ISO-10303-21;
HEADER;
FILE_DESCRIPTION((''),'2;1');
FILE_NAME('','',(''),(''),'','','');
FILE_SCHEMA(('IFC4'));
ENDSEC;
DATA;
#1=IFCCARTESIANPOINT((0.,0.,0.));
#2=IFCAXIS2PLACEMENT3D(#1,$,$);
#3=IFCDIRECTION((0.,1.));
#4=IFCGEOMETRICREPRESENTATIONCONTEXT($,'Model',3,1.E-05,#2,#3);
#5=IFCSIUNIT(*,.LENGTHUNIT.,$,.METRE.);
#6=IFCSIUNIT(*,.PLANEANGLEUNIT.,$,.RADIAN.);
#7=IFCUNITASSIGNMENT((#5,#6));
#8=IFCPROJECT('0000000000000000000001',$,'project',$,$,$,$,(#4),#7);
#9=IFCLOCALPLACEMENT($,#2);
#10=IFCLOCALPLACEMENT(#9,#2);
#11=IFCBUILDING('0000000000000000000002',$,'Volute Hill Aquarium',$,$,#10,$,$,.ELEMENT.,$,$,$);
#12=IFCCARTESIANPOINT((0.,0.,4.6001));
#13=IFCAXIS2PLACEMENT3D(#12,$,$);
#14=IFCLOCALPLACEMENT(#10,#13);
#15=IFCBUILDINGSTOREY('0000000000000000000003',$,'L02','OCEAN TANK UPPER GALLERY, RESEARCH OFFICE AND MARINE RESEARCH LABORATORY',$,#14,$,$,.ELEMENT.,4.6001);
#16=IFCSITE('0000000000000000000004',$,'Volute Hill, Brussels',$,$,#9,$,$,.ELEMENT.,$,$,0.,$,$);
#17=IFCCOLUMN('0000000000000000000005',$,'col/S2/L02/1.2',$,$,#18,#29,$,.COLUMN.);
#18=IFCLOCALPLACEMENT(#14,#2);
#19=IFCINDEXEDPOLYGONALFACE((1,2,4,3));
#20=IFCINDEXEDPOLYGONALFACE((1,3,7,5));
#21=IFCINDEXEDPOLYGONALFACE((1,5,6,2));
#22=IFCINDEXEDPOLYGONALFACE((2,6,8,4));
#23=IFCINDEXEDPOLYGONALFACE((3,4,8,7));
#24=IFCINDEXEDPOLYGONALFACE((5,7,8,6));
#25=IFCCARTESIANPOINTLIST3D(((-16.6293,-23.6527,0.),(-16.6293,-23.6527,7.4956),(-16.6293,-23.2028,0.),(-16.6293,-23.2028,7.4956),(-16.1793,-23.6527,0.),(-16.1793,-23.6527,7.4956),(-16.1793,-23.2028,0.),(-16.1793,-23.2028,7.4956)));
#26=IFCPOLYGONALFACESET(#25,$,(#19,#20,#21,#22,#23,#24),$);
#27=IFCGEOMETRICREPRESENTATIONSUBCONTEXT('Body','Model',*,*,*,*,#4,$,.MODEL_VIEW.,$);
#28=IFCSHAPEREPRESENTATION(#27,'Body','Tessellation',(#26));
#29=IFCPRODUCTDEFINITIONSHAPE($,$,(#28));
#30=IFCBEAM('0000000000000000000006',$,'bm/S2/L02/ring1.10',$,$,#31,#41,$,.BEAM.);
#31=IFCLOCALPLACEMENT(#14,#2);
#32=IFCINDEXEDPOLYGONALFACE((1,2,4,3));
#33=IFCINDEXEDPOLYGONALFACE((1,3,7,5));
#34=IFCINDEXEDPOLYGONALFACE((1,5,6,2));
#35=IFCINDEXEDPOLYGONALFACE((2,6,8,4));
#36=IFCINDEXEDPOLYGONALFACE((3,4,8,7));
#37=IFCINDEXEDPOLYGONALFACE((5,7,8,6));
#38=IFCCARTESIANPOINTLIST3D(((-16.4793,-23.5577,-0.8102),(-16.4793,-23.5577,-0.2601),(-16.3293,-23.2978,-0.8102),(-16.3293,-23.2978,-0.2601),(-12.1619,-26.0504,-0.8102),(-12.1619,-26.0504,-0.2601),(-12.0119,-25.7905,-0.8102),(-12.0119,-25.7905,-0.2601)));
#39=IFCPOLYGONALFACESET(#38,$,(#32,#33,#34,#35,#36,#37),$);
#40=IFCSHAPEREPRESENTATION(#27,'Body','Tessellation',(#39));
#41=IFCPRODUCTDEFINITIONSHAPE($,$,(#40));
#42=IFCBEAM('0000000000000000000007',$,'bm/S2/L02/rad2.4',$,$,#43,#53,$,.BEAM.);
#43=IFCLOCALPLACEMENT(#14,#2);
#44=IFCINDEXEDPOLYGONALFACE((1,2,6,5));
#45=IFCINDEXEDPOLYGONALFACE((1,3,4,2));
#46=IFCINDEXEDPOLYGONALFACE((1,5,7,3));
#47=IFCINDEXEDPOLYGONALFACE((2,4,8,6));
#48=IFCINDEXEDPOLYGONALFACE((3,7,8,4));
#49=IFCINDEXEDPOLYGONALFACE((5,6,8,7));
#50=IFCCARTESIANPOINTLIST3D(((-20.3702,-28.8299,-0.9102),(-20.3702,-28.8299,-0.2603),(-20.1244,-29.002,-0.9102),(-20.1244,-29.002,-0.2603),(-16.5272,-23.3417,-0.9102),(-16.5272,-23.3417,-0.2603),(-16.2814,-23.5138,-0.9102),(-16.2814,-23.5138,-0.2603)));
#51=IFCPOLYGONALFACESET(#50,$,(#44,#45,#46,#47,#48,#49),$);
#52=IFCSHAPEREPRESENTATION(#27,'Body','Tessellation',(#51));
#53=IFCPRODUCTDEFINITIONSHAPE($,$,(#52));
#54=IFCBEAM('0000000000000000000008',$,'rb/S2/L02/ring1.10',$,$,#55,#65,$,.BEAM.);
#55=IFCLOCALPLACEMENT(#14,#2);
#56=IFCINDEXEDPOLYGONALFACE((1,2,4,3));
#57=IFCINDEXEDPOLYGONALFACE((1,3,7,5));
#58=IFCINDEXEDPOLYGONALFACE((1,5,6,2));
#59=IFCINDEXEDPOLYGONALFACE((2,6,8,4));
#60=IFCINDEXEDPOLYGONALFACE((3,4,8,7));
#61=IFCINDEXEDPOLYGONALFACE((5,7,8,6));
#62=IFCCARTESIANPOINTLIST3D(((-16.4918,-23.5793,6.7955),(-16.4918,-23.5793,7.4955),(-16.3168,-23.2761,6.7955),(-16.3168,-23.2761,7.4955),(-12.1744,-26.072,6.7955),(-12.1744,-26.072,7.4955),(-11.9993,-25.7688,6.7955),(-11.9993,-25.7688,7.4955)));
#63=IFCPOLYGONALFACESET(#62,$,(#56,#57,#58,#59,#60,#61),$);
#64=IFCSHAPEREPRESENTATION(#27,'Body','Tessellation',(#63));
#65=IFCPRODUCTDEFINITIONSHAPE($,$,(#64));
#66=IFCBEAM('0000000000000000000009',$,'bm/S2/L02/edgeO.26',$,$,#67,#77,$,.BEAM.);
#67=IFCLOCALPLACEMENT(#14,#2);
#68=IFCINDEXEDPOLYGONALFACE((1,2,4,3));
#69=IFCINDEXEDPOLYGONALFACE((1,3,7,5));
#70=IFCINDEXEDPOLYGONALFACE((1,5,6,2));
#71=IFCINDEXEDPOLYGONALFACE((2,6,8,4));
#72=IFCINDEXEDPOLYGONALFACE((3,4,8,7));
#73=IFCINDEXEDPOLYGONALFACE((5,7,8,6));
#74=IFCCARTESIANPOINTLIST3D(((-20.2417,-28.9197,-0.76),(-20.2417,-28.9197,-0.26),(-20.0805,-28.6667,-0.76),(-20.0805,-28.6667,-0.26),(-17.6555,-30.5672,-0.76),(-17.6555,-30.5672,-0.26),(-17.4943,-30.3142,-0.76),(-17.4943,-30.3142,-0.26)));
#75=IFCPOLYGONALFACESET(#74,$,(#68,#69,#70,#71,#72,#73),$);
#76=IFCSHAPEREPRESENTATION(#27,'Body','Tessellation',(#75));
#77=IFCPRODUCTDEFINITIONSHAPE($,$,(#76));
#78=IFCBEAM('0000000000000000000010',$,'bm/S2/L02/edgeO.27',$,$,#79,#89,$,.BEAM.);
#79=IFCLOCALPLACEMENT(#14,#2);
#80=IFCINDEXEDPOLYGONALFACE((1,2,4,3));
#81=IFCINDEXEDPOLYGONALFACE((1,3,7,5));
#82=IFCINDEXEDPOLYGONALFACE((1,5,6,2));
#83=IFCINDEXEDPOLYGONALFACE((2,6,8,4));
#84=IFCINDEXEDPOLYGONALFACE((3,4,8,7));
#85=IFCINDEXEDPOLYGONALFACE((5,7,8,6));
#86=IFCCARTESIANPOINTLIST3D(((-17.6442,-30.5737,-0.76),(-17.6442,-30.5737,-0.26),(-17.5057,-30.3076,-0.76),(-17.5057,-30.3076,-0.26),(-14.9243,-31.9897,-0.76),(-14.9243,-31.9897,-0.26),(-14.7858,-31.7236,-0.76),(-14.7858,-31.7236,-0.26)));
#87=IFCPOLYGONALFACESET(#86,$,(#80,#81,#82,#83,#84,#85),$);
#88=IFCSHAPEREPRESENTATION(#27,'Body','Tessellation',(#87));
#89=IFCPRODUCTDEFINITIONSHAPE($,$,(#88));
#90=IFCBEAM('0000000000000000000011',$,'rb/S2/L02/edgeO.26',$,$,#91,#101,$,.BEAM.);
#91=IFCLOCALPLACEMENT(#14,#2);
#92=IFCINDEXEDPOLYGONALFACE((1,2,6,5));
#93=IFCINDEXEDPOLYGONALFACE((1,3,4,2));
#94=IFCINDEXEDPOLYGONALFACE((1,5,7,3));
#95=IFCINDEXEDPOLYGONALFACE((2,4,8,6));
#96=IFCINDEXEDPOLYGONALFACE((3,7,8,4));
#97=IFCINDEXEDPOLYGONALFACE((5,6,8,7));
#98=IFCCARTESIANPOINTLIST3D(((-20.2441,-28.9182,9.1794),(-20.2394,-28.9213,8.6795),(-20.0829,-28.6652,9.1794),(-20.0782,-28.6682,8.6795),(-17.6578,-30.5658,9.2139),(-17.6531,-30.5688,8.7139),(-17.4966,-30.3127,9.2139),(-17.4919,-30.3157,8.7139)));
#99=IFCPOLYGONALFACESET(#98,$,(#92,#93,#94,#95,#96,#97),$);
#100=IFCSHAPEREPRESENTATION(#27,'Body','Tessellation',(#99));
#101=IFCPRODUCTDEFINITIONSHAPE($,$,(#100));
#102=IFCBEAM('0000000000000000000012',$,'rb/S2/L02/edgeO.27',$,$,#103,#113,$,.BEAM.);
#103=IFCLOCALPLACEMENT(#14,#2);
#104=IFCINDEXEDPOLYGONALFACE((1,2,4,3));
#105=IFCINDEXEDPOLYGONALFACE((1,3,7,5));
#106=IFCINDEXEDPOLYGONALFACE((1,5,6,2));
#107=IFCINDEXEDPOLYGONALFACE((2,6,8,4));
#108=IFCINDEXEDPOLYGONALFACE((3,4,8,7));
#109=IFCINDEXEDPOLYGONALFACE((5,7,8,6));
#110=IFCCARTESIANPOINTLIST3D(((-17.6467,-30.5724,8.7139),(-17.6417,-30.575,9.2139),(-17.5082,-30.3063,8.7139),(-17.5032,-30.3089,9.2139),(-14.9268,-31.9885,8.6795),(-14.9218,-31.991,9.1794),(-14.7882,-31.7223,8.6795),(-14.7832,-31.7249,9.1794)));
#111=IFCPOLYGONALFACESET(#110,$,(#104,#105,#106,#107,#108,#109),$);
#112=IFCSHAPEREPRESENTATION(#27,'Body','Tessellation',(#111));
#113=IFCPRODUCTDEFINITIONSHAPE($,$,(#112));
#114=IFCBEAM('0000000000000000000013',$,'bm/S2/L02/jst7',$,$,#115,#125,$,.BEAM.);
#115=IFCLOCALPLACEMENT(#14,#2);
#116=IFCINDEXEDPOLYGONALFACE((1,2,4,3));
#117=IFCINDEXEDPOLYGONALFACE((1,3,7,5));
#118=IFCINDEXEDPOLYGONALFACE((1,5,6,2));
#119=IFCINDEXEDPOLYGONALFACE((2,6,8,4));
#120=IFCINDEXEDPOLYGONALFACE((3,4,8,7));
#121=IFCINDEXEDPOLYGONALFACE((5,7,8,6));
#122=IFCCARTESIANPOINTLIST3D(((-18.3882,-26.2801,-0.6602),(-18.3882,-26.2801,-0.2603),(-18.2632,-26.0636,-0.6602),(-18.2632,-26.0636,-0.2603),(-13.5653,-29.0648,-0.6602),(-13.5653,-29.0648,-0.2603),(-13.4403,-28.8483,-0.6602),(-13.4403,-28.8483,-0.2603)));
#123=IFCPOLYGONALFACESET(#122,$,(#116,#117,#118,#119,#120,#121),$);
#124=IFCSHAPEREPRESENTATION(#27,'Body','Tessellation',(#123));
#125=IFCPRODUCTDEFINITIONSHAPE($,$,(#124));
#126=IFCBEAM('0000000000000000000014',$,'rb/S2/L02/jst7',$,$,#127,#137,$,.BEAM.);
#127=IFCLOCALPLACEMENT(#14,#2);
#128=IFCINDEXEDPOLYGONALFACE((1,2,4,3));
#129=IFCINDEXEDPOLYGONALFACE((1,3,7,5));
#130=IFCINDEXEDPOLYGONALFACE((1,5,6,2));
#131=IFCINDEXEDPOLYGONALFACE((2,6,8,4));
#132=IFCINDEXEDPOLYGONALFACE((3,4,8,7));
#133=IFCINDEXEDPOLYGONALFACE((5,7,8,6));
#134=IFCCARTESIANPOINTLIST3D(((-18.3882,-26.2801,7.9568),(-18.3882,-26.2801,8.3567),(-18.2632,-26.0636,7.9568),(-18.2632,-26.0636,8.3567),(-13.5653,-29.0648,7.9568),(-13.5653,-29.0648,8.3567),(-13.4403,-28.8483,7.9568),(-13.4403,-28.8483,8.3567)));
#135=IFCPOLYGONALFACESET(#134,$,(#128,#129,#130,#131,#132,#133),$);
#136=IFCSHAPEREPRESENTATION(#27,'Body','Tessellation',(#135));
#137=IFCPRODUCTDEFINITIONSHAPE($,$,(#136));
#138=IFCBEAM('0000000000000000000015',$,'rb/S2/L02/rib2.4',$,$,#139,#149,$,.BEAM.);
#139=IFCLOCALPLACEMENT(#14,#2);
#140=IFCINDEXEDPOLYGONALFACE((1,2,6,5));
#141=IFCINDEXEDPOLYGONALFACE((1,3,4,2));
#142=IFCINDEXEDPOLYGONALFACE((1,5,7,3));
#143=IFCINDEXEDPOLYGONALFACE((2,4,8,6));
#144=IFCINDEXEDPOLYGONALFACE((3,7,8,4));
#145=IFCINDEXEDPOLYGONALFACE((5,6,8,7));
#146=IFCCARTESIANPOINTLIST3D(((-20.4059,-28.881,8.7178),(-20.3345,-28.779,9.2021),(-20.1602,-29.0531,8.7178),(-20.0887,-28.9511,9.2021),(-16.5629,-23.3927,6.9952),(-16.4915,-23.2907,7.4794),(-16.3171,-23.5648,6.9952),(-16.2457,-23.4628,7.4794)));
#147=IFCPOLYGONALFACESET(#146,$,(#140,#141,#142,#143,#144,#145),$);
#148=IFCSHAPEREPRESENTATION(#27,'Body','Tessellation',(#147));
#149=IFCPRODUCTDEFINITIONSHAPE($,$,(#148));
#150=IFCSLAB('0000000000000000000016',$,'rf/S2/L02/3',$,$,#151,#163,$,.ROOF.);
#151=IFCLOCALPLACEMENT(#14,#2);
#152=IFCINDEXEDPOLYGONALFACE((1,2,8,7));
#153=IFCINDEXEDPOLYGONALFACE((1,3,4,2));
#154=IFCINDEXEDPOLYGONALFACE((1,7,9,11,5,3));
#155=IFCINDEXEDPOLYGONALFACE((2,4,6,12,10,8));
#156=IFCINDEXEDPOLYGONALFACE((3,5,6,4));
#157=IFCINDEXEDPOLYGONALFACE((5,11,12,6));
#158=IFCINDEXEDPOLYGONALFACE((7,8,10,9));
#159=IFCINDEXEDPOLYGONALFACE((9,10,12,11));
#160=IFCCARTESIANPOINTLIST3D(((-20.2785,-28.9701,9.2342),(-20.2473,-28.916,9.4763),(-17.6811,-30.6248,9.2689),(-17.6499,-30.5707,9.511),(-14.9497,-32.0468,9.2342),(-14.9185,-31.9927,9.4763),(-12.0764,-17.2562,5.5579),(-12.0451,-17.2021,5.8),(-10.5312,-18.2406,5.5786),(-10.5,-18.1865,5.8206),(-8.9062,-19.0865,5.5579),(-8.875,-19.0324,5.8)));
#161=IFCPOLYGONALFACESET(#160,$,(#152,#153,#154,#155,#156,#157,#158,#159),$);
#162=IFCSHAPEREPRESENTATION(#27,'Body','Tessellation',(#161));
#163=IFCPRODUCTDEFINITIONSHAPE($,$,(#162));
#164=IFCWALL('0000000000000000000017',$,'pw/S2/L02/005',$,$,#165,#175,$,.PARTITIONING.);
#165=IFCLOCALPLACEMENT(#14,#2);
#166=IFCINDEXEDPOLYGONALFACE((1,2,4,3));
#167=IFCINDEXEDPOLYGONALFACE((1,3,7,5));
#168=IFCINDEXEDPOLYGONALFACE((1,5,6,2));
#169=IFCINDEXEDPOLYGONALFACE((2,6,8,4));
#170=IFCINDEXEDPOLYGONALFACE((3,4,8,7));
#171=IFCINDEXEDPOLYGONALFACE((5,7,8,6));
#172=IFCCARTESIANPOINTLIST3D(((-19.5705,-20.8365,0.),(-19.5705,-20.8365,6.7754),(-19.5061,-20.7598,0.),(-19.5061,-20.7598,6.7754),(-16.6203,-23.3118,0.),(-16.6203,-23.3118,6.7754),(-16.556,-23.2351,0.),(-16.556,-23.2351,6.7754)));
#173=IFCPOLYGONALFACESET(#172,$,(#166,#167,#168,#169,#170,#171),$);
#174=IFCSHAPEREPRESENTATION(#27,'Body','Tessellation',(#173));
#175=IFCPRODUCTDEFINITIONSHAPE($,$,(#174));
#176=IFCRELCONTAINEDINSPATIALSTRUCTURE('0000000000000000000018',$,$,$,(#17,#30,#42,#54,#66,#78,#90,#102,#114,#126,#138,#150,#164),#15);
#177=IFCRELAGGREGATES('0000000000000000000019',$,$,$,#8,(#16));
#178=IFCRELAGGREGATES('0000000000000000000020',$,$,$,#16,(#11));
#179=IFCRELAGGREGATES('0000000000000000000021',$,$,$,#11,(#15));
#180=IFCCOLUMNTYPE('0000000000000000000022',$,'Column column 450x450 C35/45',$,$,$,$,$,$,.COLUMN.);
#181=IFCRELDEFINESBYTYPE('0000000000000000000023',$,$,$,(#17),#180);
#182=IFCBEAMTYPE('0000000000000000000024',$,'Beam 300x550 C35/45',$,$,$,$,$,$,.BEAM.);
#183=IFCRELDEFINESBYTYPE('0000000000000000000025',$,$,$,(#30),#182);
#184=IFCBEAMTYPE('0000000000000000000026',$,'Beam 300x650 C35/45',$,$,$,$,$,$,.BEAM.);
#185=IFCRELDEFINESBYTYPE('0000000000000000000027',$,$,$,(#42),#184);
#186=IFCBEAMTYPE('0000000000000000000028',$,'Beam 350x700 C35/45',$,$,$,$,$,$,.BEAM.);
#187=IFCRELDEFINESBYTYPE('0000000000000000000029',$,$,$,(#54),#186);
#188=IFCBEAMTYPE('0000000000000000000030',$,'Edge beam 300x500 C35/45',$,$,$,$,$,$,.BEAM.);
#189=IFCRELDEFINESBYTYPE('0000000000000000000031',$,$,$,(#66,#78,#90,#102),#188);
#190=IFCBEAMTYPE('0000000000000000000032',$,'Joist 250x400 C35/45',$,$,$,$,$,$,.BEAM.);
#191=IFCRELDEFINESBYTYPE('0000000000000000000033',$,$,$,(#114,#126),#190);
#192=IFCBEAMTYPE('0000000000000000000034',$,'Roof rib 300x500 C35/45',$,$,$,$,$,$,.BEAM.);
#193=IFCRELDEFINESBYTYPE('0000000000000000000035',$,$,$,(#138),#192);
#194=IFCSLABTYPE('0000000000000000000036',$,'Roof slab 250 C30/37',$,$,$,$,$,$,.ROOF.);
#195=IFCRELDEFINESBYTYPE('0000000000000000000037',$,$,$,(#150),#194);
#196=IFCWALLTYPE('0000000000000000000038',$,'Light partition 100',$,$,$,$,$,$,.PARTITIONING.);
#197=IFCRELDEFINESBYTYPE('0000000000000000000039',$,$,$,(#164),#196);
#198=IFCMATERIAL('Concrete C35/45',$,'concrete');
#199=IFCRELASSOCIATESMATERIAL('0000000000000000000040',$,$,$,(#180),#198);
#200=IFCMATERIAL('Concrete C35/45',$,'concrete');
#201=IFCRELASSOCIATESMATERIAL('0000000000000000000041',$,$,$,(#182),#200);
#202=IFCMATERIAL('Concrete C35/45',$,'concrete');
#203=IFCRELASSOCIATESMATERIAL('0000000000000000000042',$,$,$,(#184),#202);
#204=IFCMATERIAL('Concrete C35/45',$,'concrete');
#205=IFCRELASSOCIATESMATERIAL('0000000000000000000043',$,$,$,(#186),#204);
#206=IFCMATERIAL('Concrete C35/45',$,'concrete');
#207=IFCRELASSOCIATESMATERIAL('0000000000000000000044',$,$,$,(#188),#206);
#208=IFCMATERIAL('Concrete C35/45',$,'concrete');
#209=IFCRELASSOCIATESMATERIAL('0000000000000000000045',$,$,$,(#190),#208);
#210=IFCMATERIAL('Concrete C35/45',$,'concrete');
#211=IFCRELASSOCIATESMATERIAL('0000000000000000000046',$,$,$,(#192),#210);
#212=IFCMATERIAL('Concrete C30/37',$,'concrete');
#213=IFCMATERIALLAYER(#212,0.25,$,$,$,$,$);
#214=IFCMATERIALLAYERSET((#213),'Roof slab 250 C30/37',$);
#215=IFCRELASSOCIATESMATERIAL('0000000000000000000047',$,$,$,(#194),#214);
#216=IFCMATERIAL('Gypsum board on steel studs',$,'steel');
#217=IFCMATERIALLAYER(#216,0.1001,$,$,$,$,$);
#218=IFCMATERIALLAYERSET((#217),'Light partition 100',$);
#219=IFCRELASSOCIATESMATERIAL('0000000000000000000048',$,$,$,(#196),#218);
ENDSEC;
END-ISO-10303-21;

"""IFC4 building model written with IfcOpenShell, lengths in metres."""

from ifc_helpers import new_model, si_unit, direction, frame, frame_2d, origin, origin_2d, place, context, subcontext, project, spatial, polyline, rectangle, outline, extrude, material, layer, layer_set, material_profile, profile_set, type_object, element, save


model = new_model("IFC4")

# Units and contexts
model_context = context("Model", 3, precision=1e-05, world=origin(), true_north=direction((0.0, 1.0)))
body_context = subcontext(model_context, "Body", "Model", "MODEL_VIEW")
ifc_project = project(units=[si_unit("LENGTHUNIT", "METRE"), si_unit("PLANEANGLEUNIT", "RADIAN")], contexts=[model_context])

# Site, building, storey
site_placement = place(None, origin())
site = spatial("IfcSite", under=ifc_project, at=site_placement, Name="Volute Hill, Brussels", CompositionType="ELEMENT", RefElevation=0.0)
building_placement = place(site_placement, origin())
building = spatial("IfcBuilding", under=site, at=building_placement, Name="Volute Hill Aquarium", CompositionType="ELEMENT")
storey_placement = place(building_placement, frame((0.0, 0.0, 4.6001)))
storey = spatial("IfcBuildingStorey", under=building, at=storey_placement, Name="L02", Description="OCEAN TANK UPPER GALLERY, RESEARCH OFFICE AND MARINE RESEARCH LABORATORY", CompositionType="ELEMENT", Elevation=4.6001)

# Column
ifc_material_1 = material(Name="Concrete C35/45", Category="concrete")
ifc_material_profile_1 = material_profile(ifc_material_1, rectangle(XDim=0.45, YDim=0.45, at=origin_2d()), Name="RC column 450x450")
ifc_profile_set_1 = profile_set([ifc_material_profile_1], Name="Concrete C35/45")
column_type = type_object("IfcColumnType", Name="Column column 450x450 C35/45", PredefinedType="COLUMN", material=ifc_profile_set_1)
column_placement = place(storey_placement, frame((-16.4043, -23.4277, 0.0), z_axis=(0.0, 0.0, 1.0), x_axis=(1.0, 0.0, 0.0)))
element("IfcColumn", 1, at=column_placement, inside=storey, type_object=column_type, Name="col/S2/L02/1.2", PredefinedType="COLUMN", context=body_context, shape_type="SweptSolid", body=[
    extrude(rectangle(XDim=0.45, YDim=0.45, at=origin_2d()), origin(), (0.0, 0.0, 1.0), 7.4956),
])

# Beams
ifc_material_2 = material(Name="Concrete C35/45", Category="concrete")
ifc_material_profile_2 = material_profile(ifc_material_2, rectangle(XDim=0.3, YDim=0.55, at=origin_2d()), Name="RC beam 300x550")
ifc_profile_set_2 = profile_set([ifc_material_profile_2], Name="Concrete C35/45")
beam_type_1 = type_object("IfcBeamType", Name="Beam 300x550 C35/45", PredefinedType="BEAM", material=ifc_profile_set_2)
beam_1_placement = place(storey_placement, frame((-16.4043, -23.4277, -0.5352), z_axis=(0.866022, -0.500005, 0.0), x_axis=(0.500005, 0.866022, 0.0)))
element("IfcBeam", 2, at=beam_1_placement, inside=storey, type_object=beam_type_1, Name="bm/S2/L02/ring1.10", PredefinedType="BEAM", context=body_context, shape_type="SweptSolid", body=[
    extrude(rectangle(XDim=0.3, YDim=0.55, at=origin_2d()), origin(), (0.0, 0.0, 1.0), 4.9854),
])
ifc_material_3 = material(Name="Concrete C35/45", Category="concrete")
ifc_material_profile_3 = material_profile(ifc_material_3, rectangle(XDim=0.3, YDim=0.6499, at=origin_2d()), Name="RC beam 300x650")
ifc_profile_set_3 = profile_set([ifc_material_profile_3], Name="Concrete C35/45")
beam_type_2 = type_object("IfcBeamType", Name="Beam 300x650 C35/45", PredefinedType="BEAM", material=ifc_profile_set_3)
beam_2_placement = place(storey_placement, frame((-16.4043, -23.4277, -0.5852), z_axis=(-0.573585, -0.819146, 0.0), x_axis=(0.819146, -0.573585, 0.0)))
element("IfcBeam", 3, at=beam_2_placement, inside=storey, type_object=beam_type_2, Name="bm/S2/L02/rad2.4", PredefinedType="BEAM", context=body_context, shape_type="SweptSolid", body=[
    extrude(rectangle(XDim=0.3, YDim=0.6499, at=origin_2d()), origin(), (0.0, 0.0, 1.0), 6.7),
])
ifc_material_4 = material(Name="Concrete C35/45", Category="concrete")
ifc_material_profile_4 = material_profile(ifc_material_4, rectangle(XDim=0.3501, YDim=0.7, at=origin_2d()), Name="RC beam 350x700")
ifc_profile_set_4 = profile_set([ifc_material_profile_4], Name="Concrete C35/45")
beam_type_3 = type_object("IfcBeamType", Name="Beam 350x700 C35/45", PredefinedType="BEAM", material=ifc_profile_set_4)
beam_3_placement = place(storey_placement, frame((-16.4043, -23.4277, 7.1455), z_axis=(0.866022, -0.500005, 0.0), x_axis=(0.500005, 0.866022, 0.0)))
element("IfcBeam", 4, at=beam_3_placement, inside=storey, type_object=beam_type_3, Name="rb/S2/L02/ring1.10", PredefinedType="BEAM", context=body_context, shape_type="SweptSolid", body=[
    extrude(rectangle(XDim=0.3501, YDim=0.7, at=origin_2d()), origin(), (0.0, 0.0, 1.0), 4.9854),
])
ifc_material_5 = material(Name="Concrete C35/45", Category="concrete")
ifc_material_profile_5 = material_profile(ifc_material_5, rectangle(XDim=0.3, YDim=0.5, at=origin_2d()), Name="RC edge beam 300x500")
ifc_profile_set_5 = profile_set([ifc_material_profile_5], Name="Concrete C35/45")
beam_type_4 = type_object("IfcBeamType", Name="Edge beam 300x500 C35/45", PredefinedType="BEAM", material=ifc_profile_set_5)
for number, where, z_axis, x_axis, name in (
    (5, (-20.1611, -28.7932, -0.51), (0.843409, -0.537272, 0.0), (0.537272, 0.843409, 0.0), "bm/S2/L02/edgeO.26"),
    (6, (-17.575, -30.4407, -0.51), (0.886999, -0.461771, 0.0), (0.461771, 0.886999, 0.0), "bm/S2/L02/edgeO.27"),
):
    element("IfcBeam", number, at=place(storey_placement, frame(where, z_axis=z_axis, x_axis=x_axis)), inside=storey, type_object=beam_type_4, Name=name, PredefinedType="BEAM", context=body_context, shape_type="SweptSolid", body=[
        extrude(rectangle(XDim=0.3, YDim=0.5, at=origin_2d()), origin(), (0.0, 0.0, 1.0), 3.0664),
    ])
for number, where, z_axis, x_axis, name in (
    (7, (-20.1611, -28.7932, 8.9294), (0.843356, -0.537238, 0.011226), (0.537272, 0.843409, 0.0), "rb/S2/L02/edgeO.26"),
    (8, (-17.575, -30.4407, 8.9639), (0.886943, -0.461742, -0.011225), (0.461771, 0.886999, 0.0), "rb/S2/L02/edgeO.27"),
):
    element("IfcBeam", number, at=place(storey_placement, frame(where, z_axis=z_axis, x_axis=x_axis)), inside=storey, type_object=beam_type_4, Name=name, PredefinedType="BEAM", context=body_context, shape_type="SweptSolid", body=[
        extrude(rectangle(XDim=0.3, YDim=0.5, at=origin_2d()), origin(), (0.0, 0.0, 1.0), 3.0667),
    ])
ifc_material_6 = material(Name="Concrete C35/45", Category="concrete")
ifc_material_profile_6 = material_profile(ifc_material_6, rectangle(XDim=0.25, YDim=0.3999, at=origin_2d()), Name="RC joist 250x400")
ifc_profile_set_6 = profile_set([ifc_material_profile_6], Name="Concrete C35/45")
beam_type_5 = type_object("IfcBeamType", Name="Joist 250x400 C35/45", PredefinedType="BEAM", material=ifc_profile_set_6)
for number, where, z_axis, x_axis, name in (
    (9, (-18.3257, -26.1719, -0.4602), (0.866017, -0.500015, 0.0), (0.500015, 0.866017, 0.0), "bm/S2/L02/jst7"),
    (10, (-18.3257, -26.1719, 8.1567), (0.866017, -0.500015, 0.0), (0.500015, 0.866017, 0.0), "rb/S2/L02/jst7"),
):
    element("IfcBeam", number, at=place(storey_placement, frame(where, z_axis=z_axis, x_axis=x_axis)), inside=storey, type_object=beam_type_5, Name=name, PredefinedType="BEAM", context=body_context, shape_type="SweptSolid", body=[
        extrude(rectangle(XDim=0.25, YDim=0.3999, at=origin_2d()), origin(), (0.0, 0.0, 1.0), 5.5691),
    ])
ifc_material_7 = material(Name="Concrete C35/45", Category="concrete")
ifc_material_profile_7 = material_profile(ifc_material_7, rectangle(XDim=0.3, YDim=0.5, at=origin_2d()), Name="RC rib 300x500")
ifc_profile_set_7 = profile_set([ifc_material_profile_7], Name="Concrete C35/45")
beam_type_6 = type_object("IfcBeamType", Name="Roof rib 300x500 C35/45", PredefinedType="BEAM", material=ifc_profile_set_7)
beam_4_placement = place(storey_placement, frame((-16.4043, -23.4277, 7.2373), z_axis=(-0.555517, -0.793343, 0.249014), x_axis=(0.819146, -0.573585, 0.0)))
element("IfcBeam", 11, at=beam_4_placement, inside=storey, type_object=beam_type_6, Name="rb/S2/L02/rib2.4", PredefinedType="BEAM", context=body_context, shape_type="SweptSolid", body=[
    extrude(rectangle(XDim=0.3, YDim=0.5, at=origin_2d()), origin(), (0.0, 0.0, 1.0), 6.918),
])

# Slab
ifc_material_8 = material(Name="Concrete C30/37", Category="concrete")
ifc_layer_1 = layer(ifc_material_8, 0.25)
ifc_layer_set_1 = layer_set([ifc_layer_1], Name="Roof slab 250 C30/37")
slab_type = type_object("IfcSlabType", Name="Roof slab 250 C30/37", PredefinedType="ROOF", material=ifc_layer_set_1)
slab_placement = place(storey_placement, frame((-20.2473, -28.916, 9.4763), z_axis=(0.124941, 0.216401, 0.968277), x_axis=(0.843341, -0.537261, 0.011253)))
element("IfcSlab", 12, at=slab_placement, inside=storey, type_object=slab_type, Name="rf/S2/L02/3", PredefinedType="ROOF", context=body_context, shape_type="SweptSolid", body=[
    extrude(outline(polyline([(0.0, 0.0), (3.0799, 0.0), (6.147, 0.2771), (4.2393, 14.9184), (2.4146, 14.7535), (0.5824, 14.7536), (0.0, 0.0)])), origin(), (0.0, 0.0, -1.0), 0.25),
])

# Wall
ifc_material_9 = material(Name="Gypsum board on steel studs", Category="steel")
ifc_layer_2 = layer(ifc_material_9, 0.1001)
ifc_layer_set_2 = layer_set([ifc_layer_2], Name="Light partition 100")
wall_type_1 = type_object("IfcWallType", Name="Light partition 100", PredefinedType="PARTITIONING", material=ifc_layer_set_2)
wall_1_placement = place(storey_placement, frame((-16.5881, -23.2734, 0.0), z_axis=(0.0, 0.0, 1.0), x_axis=(-0.766066, 0.642762, 0.0)))
element("IfcWall", 13, at=wall_1_placement, inside=storey, type_object=wall_type_1, Name="pw/S2/L02/005", PredefinedType="PARTITIONING", context=body_context, shape_type="SweptSolid", body=[
    extrude(rectangle(XDim=3.8511, YDim=0.1001, at=frame_2d((1.9255, 0.0))), origin(), (0.0, 0.0, 1.0), 6.7754),
])

save(model, "model.ifc")
